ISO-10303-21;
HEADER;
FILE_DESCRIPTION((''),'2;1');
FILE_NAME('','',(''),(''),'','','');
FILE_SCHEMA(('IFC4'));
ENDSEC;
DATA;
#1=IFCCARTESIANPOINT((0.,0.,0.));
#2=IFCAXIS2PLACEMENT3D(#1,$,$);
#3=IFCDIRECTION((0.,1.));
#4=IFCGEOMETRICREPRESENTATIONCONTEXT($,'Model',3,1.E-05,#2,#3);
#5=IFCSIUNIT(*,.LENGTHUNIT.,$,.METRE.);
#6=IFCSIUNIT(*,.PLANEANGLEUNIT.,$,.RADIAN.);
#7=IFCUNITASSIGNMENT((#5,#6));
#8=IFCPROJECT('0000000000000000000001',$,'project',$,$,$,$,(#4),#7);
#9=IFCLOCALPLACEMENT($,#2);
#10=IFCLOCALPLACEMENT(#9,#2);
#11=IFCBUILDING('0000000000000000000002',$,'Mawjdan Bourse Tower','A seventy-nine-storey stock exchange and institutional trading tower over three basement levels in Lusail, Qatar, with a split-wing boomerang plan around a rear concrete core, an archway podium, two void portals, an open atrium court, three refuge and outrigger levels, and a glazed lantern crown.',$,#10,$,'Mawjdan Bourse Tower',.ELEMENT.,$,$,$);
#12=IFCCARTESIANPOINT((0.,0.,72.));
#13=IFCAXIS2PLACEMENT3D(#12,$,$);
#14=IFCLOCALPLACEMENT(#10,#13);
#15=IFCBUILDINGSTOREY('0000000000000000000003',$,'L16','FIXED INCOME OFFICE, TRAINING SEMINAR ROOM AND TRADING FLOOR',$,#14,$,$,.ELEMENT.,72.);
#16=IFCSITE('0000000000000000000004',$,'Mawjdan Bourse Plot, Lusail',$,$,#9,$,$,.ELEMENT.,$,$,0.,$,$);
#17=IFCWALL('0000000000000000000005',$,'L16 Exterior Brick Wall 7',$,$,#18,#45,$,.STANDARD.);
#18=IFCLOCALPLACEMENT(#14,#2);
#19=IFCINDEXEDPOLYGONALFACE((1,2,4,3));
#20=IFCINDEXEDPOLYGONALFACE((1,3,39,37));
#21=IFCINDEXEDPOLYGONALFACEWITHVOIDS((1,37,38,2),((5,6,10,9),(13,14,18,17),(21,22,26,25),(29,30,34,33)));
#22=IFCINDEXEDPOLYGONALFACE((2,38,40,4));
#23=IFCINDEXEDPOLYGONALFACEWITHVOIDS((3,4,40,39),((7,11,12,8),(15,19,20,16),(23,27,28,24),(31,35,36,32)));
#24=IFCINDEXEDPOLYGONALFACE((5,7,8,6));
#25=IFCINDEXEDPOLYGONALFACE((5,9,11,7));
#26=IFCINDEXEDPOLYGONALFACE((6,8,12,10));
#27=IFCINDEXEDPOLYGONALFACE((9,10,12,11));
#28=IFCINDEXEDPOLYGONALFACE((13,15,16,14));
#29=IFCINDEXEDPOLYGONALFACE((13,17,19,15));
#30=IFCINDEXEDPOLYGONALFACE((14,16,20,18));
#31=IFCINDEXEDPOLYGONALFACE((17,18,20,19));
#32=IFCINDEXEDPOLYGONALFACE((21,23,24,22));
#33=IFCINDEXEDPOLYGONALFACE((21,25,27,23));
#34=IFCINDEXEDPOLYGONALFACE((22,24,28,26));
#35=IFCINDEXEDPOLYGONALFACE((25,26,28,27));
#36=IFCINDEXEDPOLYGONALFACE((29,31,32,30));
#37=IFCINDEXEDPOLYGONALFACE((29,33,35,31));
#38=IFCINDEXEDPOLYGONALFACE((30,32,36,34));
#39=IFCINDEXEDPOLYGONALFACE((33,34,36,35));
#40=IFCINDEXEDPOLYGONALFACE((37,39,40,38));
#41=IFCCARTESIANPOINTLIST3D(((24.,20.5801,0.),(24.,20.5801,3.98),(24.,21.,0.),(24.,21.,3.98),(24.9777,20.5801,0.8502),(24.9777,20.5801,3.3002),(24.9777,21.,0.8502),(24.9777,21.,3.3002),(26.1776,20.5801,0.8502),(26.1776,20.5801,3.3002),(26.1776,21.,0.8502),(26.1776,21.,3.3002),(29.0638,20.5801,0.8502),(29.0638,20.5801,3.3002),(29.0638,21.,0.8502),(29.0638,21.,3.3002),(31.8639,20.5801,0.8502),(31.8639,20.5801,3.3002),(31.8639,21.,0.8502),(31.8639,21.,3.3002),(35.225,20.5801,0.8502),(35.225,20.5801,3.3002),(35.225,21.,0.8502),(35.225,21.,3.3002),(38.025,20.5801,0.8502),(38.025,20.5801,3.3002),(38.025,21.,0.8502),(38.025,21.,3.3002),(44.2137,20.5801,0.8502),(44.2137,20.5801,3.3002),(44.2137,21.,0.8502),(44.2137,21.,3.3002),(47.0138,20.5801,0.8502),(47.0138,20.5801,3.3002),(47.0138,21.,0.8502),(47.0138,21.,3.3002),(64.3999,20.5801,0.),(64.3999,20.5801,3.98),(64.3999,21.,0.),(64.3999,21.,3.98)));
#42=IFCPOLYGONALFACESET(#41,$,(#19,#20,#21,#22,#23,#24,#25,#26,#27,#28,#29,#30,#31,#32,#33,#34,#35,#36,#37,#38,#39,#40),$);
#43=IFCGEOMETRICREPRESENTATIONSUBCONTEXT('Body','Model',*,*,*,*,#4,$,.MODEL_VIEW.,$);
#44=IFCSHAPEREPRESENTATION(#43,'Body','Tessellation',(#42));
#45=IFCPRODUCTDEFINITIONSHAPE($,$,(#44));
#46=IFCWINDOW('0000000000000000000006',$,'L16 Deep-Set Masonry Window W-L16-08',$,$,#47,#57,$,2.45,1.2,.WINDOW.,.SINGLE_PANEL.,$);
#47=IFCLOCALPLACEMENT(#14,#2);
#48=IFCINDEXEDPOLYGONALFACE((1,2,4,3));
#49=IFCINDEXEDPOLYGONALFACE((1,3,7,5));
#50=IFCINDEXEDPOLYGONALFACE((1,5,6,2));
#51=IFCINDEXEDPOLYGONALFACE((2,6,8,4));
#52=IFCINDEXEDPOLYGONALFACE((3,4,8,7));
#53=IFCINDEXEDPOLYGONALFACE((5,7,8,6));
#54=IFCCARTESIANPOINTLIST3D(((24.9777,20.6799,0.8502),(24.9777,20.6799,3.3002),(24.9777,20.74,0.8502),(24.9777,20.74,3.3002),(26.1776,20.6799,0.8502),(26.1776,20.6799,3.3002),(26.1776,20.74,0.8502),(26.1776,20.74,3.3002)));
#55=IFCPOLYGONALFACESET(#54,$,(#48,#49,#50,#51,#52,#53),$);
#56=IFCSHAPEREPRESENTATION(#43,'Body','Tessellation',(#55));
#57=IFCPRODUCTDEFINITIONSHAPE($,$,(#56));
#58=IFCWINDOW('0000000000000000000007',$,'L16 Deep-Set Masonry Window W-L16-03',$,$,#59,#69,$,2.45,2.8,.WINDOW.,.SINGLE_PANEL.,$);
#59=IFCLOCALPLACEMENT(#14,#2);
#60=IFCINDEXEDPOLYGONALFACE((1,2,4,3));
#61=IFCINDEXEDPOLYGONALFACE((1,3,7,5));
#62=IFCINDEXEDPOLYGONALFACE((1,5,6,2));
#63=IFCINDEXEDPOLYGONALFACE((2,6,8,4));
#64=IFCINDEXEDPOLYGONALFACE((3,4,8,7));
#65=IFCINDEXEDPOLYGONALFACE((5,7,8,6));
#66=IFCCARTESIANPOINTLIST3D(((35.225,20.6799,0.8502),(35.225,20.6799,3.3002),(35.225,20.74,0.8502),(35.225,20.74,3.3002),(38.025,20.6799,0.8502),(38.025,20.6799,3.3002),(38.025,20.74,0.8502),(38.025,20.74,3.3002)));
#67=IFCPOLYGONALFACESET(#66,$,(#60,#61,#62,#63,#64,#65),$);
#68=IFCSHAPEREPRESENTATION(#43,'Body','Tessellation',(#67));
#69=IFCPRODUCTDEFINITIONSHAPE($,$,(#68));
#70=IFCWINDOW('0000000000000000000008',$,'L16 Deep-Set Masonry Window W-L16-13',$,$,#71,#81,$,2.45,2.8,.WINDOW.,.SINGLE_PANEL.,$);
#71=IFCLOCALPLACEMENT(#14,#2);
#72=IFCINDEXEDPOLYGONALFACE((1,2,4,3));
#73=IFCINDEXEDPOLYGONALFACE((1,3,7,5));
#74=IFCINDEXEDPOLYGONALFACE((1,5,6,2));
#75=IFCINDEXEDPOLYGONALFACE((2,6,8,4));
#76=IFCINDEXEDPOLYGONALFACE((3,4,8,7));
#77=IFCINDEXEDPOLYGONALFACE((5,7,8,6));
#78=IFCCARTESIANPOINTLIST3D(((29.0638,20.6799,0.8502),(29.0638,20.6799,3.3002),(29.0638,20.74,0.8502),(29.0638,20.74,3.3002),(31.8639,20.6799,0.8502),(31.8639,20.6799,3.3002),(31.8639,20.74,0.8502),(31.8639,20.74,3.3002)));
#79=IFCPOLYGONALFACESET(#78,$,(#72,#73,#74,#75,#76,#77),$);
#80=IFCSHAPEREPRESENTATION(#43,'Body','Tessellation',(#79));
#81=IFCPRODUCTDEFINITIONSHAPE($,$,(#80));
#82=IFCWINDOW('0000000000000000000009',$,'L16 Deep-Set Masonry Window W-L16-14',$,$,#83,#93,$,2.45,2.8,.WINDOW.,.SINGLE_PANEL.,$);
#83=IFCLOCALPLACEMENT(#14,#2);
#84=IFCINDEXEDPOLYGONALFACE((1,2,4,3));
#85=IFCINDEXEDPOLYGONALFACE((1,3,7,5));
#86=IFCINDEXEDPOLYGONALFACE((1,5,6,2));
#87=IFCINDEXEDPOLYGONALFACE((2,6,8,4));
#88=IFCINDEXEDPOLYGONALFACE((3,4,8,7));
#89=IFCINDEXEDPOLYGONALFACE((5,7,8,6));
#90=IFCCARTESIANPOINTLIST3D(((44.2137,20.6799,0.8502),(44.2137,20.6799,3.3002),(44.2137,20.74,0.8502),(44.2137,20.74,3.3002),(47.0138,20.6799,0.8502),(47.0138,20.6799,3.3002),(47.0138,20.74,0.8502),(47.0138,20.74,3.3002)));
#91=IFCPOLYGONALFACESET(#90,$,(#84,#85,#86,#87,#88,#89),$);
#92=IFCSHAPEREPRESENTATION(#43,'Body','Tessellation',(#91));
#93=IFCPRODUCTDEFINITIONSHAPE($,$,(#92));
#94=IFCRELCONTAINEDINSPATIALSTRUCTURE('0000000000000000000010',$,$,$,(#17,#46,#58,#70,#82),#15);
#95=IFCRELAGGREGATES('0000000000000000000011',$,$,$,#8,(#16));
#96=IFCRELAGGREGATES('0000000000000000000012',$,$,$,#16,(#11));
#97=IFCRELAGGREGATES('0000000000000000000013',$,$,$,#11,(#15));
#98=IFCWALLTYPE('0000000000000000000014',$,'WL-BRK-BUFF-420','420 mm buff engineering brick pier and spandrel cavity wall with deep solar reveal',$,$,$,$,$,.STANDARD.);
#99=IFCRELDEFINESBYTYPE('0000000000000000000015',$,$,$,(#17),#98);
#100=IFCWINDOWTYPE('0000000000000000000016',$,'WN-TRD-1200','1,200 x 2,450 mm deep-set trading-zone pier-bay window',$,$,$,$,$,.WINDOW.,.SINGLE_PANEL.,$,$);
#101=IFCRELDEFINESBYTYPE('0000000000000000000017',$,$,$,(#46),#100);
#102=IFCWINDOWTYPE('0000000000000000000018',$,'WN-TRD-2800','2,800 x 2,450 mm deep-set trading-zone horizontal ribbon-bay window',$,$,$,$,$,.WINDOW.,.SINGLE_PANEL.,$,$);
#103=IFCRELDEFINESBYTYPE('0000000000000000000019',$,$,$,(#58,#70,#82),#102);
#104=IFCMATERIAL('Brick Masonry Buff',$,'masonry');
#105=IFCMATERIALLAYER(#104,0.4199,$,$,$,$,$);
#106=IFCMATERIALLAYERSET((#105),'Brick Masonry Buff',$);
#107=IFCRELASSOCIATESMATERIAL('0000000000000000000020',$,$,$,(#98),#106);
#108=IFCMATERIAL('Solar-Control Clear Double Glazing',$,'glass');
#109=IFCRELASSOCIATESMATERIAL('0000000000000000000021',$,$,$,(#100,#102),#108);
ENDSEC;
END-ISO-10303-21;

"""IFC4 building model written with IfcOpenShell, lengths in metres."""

from ifc_helpers import new_model, si_unit, direction, frame, frame_2d, origin, place, context, subcontext, project, spatial, rectangle, extrude, material, layer, layer_set, type_object, element, fill, save


model = new_model("IFC4")

# Units and contexts
model_context = context("Model", 3, precision=1e-05, world=origin(), true_north=direction((0.0, 1.0)))
body_context = subcontext(model_context, "Body", "Model", "MODEL_VIEW")
ifc_project = project(units=[si_unit("LENGTHUNIT", "METRE"), si_unit("PLANEANGLEUNIT", "RADIAN")], contexts=[model_context])

# Site, building, storey
site_placement = place(None, origin())
site = spatial("IfcSite", under=ifc_project, at=site_placement, Name="Mawjdan Bourse Plot, Lusail", CompositionType="ELEMENT", RefElevation=0.0)
building_placement = place(site_placement, origin())
building = spatial("IfcBuilding", under=site, at=building_placement, Name="Mawjdan Bourse Tower", Description="A seventy-nine-storey stock exchange and institutional trading tower over three basement levels in Lusail, Qatar, with a split-wing boomerang plan around a rear concrete core, an archway podium, two void portals, an open atrium court, three refuge and outrigger levels, and a glazed lantern crown.", LongName="Mawjdan Bourse Tower", CompositionType="ELEMENT")
storey_placement = place(building_placement, frame((0.0, 0.0, 72.0)))
storey = spatial("IfcBuildingStorey", under=building, at=storey_placement, Name="L16", Description="FIXED INCOME OFFICE, TRAINING SEMINAR ROOM AND TRADING FLOOR", CompositionType="ELEMENT", Elevation=72.0)

# Shared definitions
ifc_material_1 = material(Name="Brick Masonry Buff", Category="masonry")
ifc_layer = layer(ifc_material_1, 0.4199)
ifc_layer_set = layer_set([ifc_layer], Name="Brick Masonry Buff")
wall_type = type_object("IfcWallType", Name="WL-BRK-BUFF-420", Description="420 mm buff engineering brick pier and spandrel cavity wall with deep solar reveal", PredefinedType="STANDARD", material=ifc_layer_set)

# Wall, openings, windows
wall_placement = place(storey_placement, frame((64.3999, 20.79, 0.0), z_axis=(0.0, 0.0, 1.0), x_axis=(-1.0, 0.0, 0.0)))
wall = element("IfcWall", 1, at=wall_placement, inside=storey, type_object=wall_type, Name="L16 Exterior Brick Wall 7", PredefinedType="STANDARD", context=body_context, shape_type="SweptSolid", body=[
    extrude(rectangle(XDim=40.3999, YDim=0.4199, at=frame_2d((20.2, 0.0))), origin(), (0.0, 0.0, 1.0), 3.98),
])
opening_1_placement = place(wall_placement, frame((26.375, 0.0, 0.8501)))
opening_1 = element("IfcOpeningElement", 2, at=opening_1_placement, cuts=wall, PredefinedType="OPENING", context=body_context, shape_type="SweptSolid", body=[
    extrude(rectangle(XDim=2.8, YDim=2.45, at=frame_2d((1.3999, 1.2251))), frame((0.0, 0.22, 0.0), z_axis=(0.0, -1.0, 0.0), x_axis=(1.0, 0.0, 0.0)), (0.0, 0.0, 1.0), 0.4399),
])
opening_2_placement = place(wall_placement, frame((38.2222, 0.0, 0.8501)))
opening_2 = element("IfcOpeningElement", 3, at=opening_2_placement, cuts=wall, PredefinedType="OPENING", context=body_context, shape_type="SweptSolid", body=[
    extrude(rectangle(XDim=1.2, YDim=2.45, at=frame_2d((0.6001, 1.2251))), frame((0.0, 0.22, 0.0), z_axis=(0.0, -1.0, 0.0), x_axis=(1.0, 0.0, 0.0)), (0.0, 0.0, 1.0), 0.4399),
])
opening_3_placement = place(wall_placement, frame((32.5361, 0.0, 0.8501)))
opening_3 = element("IfcOpeningElement", 4, at=opening_3_placement, cuts=wall, PredefinedType="OPENING", context=body_context, shape_type="SweptSolid", body=[
    extrude(rectangle(XDim=2.8, YDim=2.45, at=frame_2d((1.3999, 1.2251))), frame((0.0, 0.22, 0.0), z_axis=(0.0, -1.0, 0.0), x_axis=(1.0, 0.0, 0.0)), (0.0, 0.0, 1.0), 0.4399),
])
opening_4_placement = place(wall_placement, frame((17.3862, 0.0, 0.8501)))
opening_4 = element("IfcOpeningElement", 5, at=opening_4_placement, cuts=wall, PredefinedType="OPENING", context=body_context, shape_type="SweptSolid", body=[
    extrude(rectangle(XDim=2.8, YDim=2.45, at=frame_2d((1.3999, 1.2251))), frame((0.0, 0.22, 0.0), z_axis=(0.0, -1.0, 0.0), x_axis=(1.0, 0.0, 0.0)), (0.0, 0.0, 1.0), 0.4399),
])
ifc_material_2 = material(Name="Solar-Control Clear Double Glazing", Category="glass")
window_type_1 = type_object("IfcWindowType", Name="WN-TRD-1200", Description="1,200 x 2,450 mm deep-set trading-zone pier-bay window", PartitioningType="SINGLE_PANEL", PredefinedType="WINDOW", material=ifc_material_2)
window_1_placement = place(opening_2_placement, origin())
window_1 = element("IfcWindow", 6, at=window_1_placement, inside=storey, type_object=window_type_1, Name="L16 Deep-Set Masonry Window W-L16-08", OverallHeight=2.45, OverallWidth=1.2, PartitioningType="SINGLE_PANEL", PredefinedType="WINDOW", context=body_context, shape_type="SweptSolid", body=[
    extrude(rectangle(XDim=1.2, YDim=2.45, at=frame_2d((0.6001, 1.2251))), frame((0.0, 0.1101, 0.0), z_axis=(0.0, -1.0, 0.0), x_axis=(1.0, 0.0, 0.0)), (0.0, 0.0, 1.0), 0.0601),
])
fill(opening_2, window_1)
window_type_2 = type_object("IfcWindowType", Name="WN-TRD-2800", Description="2,800 x 2,450 mm deep-set trading-zone horizontal ribbon-bay window", PartitioningType="SINGLE_PANEL", PredefinedType="WINDOW", material=ifc_material_2)
window_2_placement = place(opening_1_placement, origin())
window_2 = element("IfcWindow", 7, at=window_2_placement, inside=storey, type_object=window_type_2, Name="L16 Deep-Set Masonry Window W-L16-03", OverallHeight=2.45, OverallWidth=2.8, PartitioningType="SINGLE_PANEL", PredefinedType="WINDOW", context=body_context, shape_type="SweptSolid", body=[
    extrude(rectangle(XDim=2.8, YDim=2.45, at=frame_2d((1.3999, 1.2251))), frame((0.0, 0.1101, 0.0), z_axis=(0.0, -1.0, 0.0), x_axis=(1.0, 0.0, 0.0)), (0.0, 0.0, 1.0), 0.0601),
])
fill(opening_1, window_2)
window_3_placement = place(opening_3_placement, origin())
window_3 = element("IfcWindow", 8, at=window_3_placement, inside=storey, type_object=window_type_2, Name="L16 Deep-Set Masonry Window W-L16-13", OverallHeight=2.45, OverallWidth=2.8, PartitioningType="SINGLE_PANEL", PredefinedType="WINDOW", context=body_context, shape_type="SweptSolid", body=[
    extrude(rectangle(XDim=2.8, YDim=2.45, at=frame_2d((1.3999, 1.2251))), frame((0.0, 0.1101, 0.0), z_axis=(0.0, -1.0, 0.0), x_axis=(1.0, 0.0, 0.0)), (0.0, 0.0, 1.0), 0.0601),
])
fill(opening_3, window_3)
window_4_placement = place(opening_4_placement, origin())
window_4 = element("IfcWindow", 9, at=window_4_placement, inside=storey, type_object=window_type_2, Name="L16 Deep-Set Masonry Window W-L16-14", OverallHeight=2.45, OverallWidth=2.8, PartitioningType="SINGLE_PANEL", PredefinedType="WINDOW", context=body_context, shape_type="SweptSolid", body=[
    extrude(rectangle(XDim=2.8, YDim=2.45, at=frame_2d((1.3999, 1.2251))), frame((0.0, 0.1101, 0.0), z_axis=(0.0, -1.0, 0.0), x_axis=(1.0, 0.0, 0.0)), (0.0, 0.0, 1.0), 0.0601),
])
fill(opening_4, window_4)

save(model, "model.ifc")
